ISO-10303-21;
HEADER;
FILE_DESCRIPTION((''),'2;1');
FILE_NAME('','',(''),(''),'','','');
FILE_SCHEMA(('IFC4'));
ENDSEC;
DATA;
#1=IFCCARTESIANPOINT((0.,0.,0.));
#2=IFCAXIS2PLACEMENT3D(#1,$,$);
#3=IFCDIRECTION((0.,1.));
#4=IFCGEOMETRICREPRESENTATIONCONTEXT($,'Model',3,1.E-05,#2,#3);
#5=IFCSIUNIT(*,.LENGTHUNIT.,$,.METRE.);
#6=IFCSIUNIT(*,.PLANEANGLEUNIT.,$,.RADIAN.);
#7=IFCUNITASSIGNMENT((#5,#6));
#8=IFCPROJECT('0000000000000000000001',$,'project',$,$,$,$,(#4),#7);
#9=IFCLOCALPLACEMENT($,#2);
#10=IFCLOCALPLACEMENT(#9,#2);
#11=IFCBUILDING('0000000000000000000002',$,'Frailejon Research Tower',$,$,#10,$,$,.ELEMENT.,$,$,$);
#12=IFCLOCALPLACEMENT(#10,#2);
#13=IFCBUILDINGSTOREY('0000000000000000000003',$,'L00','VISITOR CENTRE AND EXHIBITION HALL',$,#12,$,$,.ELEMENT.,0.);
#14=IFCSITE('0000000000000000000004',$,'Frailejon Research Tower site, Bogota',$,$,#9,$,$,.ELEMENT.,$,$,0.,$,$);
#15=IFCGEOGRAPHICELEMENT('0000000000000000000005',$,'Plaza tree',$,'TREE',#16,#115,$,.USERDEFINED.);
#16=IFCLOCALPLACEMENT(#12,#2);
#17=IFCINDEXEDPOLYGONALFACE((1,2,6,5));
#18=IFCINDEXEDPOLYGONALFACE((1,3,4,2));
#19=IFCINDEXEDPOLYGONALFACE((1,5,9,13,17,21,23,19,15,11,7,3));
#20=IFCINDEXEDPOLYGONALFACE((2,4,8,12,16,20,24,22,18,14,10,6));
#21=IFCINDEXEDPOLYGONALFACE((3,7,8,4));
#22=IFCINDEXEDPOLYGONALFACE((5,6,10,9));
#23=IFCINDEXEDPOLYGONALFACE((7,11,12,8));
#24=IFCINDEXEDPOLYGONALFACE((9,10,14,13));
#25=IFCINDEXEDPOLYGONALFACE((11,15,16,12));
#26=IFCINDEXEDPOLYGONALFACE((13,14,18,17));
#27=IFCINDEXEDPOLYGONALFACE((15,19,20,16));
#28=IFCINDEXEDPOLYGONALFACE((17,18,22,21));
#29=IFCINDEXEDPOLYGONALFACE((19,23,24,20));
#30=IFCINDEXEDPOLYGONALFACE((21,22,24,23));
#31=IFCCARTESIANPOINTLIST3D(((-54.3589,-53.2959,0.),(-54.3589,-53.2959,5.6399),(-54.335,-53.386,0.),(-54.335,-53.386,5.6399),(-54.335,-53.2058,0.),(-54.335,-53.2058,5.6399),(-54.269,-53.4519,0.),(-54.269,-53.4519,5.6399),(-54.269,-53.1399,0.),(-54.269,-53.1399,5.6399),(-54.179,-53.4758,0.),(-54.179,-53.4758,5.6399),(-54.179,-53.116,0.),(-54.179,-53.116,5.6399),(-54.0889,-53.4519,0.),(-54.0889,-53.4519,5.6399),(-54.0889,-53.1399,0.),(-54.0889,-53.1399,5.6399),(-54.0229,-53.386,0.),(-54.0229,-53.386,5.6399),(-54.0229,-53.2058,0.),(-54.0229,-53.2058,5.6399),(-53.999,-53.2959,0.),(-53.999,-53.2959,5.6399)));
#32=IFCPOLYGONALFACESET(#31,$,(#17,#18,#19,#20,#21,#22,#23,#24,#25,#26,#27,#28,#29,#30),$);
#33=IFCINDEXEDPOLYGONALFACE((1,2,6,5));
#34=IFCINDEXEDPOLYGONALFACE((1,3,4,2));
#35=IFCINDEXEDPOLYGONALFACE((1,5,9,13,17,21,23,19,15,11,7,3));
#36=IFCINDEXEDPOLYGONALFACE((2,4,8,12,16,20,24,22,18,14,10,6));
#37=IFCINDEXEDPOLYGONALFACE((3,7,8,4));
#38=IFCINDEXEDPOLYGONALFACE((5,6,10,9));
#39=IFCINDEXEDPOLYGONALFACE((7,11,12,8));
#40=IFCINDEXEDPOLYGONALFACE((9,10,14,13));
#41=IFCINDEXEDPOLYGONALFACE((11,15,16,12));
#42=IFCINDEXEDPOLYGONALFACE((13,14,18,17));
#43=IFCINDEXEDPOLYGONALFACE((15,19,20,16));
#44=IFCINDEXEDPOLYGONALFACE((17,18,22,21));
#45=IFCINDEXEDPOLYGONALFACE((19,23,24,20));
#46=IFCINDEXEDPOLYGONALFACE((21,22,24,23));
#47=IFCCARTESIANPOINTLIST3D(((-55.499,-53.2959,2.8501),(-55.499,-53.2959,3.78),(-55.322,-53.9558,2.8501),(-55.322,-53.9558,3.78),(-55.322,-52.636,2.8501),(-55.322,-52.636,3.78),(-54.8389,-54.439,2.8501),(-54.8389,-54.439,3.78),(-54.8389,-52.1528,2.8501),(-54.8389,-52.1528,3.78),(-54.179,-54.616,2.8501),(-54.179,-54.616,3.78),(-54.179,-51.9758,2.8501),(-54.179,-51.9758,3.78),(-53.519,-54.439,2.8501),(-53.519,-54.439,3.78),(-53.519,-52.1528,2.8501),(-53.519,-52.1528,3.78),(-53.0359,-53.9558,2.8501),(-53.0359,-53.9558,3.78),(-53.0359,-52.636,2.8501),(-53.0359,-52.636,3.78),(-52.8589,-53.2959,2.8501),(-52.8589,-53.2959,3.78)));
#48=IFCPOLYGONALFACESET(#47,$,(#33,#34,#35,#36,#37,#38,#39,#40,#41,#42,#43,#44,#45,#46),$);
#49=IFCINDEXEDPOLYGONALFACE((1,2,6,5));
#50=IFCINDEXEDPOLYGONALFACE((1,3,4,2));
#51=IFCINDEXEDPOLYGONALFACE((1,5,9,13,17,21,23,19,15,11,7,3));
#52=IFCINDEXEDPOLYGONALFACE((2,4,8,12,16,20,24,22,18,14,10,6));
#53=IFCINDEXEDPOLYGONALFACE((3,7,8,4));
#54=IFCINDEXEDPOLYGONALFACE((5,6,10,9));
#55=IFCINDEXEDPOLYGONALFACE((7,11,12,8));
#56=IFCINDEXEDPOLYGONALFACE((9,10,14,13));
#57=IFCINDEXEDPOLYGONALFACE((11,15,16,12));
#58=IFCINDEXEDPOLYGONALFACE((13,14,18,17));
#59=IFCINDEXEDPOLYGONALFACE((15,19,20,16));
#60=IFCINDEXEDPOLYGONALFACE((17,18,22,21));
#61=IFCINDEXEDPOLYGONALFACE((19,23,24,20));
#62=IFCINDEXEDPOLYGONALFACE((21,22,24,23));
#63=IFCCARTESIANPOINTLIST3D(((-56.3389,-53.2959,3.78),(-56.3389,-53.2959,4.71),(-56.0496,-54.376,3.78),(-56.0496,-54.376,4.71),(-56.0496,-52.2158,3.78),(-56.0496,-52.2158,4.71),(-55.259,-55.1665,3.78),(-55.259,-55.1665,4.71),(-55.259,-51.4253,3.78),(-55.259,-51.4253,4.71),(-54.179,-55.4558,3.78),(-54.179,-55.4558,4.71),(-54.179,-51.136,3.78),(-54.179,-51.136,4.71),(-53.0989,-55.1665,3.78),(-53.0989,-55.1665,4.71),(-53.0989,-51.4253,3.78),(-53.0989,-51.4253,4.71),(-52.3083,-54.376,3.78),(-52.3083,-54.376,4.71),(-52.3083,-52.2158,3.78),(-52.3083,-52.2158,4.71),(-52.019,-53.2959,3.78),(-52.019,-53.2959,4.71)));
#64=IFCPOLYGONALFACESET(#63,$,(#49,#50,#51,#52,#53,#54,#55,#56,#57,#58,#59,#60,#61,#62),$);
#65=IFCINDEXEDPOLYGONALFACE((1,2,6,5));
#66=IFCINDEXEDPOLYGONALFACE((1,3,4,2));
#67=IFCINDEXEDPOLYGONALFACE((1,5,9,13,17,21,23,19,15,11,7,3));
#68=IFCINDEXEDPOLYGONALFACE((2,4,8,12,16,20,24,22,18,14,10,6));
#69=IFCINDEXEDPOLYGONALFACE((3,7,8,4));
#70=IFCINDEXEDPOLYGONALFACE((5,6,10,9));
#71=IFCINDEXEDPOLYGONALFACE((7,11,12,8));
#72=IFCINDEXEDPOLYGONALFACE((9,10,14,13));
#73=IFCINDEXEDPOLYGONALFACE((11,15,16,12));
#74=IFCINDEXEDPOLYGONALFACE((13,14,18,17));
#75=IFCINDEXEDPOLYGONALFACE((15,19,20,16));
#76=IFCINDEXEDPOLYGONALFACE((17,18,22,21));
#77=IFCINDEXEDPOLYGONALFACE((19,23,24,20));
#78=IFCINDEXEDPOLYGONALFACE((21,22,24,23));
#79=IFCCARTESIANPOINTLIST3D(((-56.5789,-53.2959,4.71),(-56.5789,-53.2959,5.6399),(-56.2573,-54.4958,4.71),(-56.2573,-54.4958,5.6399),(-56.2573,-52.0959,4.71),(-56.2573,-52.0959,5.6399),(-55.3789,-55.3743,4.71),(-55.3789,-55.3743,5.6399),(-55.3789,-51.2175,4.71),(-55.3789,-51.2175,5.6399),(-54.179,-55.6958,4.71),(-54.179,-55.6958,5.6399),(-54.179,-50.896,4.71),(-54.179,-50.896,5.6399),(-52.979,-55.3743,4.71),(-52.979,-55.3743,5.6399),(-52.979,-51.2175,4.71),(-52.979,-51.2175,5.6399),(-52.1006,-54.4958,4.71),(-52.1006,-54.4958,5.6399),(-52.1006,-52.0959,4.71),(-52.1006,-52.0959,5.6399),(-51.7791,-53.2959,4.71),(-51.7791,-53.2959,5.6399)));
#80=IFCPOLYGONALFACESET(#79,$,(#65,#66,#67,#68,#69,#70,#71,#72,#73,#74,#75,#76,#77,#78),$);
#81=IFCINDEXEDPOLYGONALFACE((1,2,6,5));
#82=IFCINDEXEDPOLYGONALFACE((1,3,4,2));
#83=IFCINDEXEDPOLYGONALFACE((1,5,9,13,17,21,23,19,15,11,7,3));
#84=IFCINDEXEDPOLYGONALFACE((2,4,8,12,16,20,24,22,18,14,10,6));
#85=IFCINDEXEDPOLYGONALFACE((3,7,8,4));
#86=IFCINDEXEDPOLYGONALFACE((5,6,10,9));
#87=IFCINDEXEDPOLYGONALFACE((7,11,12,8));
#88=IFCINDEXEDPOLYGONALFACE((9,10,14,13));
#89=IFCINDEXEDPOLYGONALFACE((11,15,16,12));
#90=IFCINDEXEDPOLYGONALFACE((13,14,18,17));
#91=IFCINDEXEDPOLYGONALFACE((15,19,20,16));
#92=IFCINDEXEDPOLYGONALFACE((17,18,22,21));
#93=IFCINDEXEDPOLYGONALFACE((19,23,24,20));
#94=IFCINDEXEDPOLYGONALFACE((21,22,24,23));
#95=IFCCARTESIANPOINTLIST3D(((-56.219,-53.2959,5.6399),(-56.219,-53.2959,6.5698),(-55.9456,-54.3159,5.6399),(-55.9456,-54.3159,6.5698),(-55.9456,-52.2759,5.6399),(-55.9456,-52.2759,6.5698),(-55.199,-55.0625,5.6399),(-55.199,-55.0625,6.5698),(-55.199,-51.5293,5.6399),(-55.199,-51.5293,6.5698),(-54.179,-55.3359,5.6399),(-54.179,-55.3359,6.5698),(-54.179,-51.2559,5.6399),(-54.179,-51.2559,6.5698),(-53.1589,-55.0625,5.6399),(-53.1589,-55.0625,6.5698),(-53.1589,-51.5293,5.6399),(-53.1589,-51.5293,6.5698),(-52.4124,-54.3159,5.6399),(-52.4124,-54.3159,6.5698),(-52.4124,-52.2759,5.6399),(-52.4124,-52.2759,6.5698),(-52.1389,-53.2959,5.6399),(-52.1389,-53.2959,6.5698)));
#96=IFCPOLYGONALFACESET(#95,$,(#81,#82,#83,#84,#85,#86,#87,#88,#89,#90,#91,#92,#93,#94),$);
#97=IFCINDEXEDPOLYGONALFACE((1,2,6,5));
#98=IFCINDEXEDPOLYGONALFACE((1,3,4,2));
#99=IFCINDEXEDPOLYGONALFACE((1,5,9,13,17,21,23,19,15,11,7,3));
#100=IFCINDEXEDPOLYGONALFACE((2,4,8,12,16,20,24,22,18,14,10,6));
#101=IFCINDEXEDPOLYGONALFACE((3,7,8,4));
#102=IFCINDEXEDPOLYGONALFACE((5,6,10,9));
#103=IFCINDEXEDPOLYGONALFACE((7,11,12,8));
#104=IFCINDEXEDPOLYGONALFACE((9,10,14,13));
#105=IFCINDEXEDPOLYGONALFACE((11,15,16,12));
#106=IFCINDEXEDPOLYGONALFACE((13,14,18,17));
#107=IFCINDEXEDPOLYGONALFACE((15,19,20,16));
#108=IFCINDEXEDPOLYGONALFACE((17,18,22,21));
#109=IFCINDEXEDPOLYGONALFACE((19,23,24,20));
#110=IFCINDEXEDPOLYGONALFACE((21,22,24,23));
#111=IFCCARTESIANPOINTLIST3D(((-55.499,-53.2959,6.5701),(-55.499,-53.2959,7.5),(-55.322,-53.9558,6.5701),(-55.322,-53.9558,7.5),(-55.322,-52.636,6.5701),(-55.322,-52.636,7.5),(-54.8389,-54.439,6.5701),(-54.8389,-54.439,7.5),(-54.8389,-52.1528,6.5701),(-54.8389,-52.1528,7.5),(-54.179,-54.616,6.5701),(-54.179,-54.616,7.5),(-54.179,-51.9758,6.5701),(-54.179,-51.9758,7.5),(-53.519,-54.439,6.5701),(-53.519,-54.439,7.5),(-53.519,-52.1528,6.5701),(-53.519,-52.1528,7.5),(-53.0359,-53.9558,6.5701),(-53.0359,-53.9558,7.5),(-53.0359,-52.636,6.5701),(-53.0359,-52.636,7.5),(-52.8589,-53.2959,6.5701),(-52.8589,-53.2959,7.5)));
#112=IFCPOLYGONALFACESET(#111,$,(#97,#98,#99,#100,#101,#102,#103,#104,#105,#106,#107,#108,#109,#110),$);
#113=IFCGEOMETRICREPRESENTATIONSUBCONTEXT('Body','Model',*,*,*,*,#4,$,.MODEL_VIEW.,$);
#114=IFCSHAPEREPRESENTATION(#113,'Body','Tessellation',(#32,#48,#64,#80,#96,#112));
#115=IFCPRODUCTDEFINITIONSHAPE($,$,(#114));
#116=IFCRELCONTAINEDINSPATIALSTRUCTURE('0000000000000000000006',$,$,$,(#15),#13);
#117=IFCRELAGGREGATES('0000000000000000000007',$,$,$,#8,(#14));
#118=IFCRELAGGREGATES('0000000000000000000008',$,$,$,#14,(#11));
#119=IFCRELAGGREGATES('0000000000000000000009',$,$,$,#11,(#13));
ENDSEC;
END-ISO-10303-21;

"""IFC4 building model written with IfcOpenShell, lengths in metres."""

from ifc_helpers import new_model, si_unit, direction, frame, origin, place, context, subcontext, project, spatial, polyline, outline, extrude, element, save


model = new_model("IFC4")

# Units and contexts
model_context = context("Model", 3, precision=1e-05, world=origin(), true_north=direction((0.0, 1.0)))
body_context = subcontext(model_context, "Body", "Model", "MODEL_VIEW")
ifc_project = project(units=[si_unit("LENGTHUNIT", "METRE"), si_unit("PLANEANGLEUNIT", "RADIAN")], contexts=[model_context])

# Site, building, storey
site_placement = place(None, origin())
site = spatial("IfcSite", under=ifc_project, at=site_placement, Name="Frailejon Research Tower site, Bogota", CompositionType="ELEMENT", RefElevation=0.0)
building_placement = place(site_placement, origin())
building = spatial("IfcBuilding", under=site, at=building_placement, Name="Frailejon Research Tower", CompositionType="ELEMENT")
storey_placement = place(building_placement, origin())
storey = spatial("IfcBuildingStorey", under=building, at=storey_placement, Name="L00", Description="VISITOR CENTRE AND EXHIBITION HALL", CompositionType="ELEMENT", Elevation=0.0)

# Geographic element
geographic_element_1_placement = place(storey_placement, frame((-54.179, -53.2959, 0.0)))
element("IfcGeographicElement", 1, at=geographic_element_1_placement, inside=storey, Name="Plaza tree", ObjectType="TREE", PredefinedType="USERDEFINED", context=body_context, shape_type="SweptSolid", body=[
    extrude(outline(polyline([(0.1799, 0.0), (0.156, 0.0901), (0.0901, 0.156), (0.0, 0.1799), (-0.0901, 0.156), (-0.156, 0.0901), (-0.1799, 0.0), (-0.156, -0.0901), (-0.0901, -0.156), (0.0, -0.1799), (0.0901, -0.156), (0.156, -0.0901), (0.1799, 0.0)])), origin(), (0.0, 0.0, 1.0), 5.6399),
    extrude(outline(polyline([(1.3201, 0.0), (1.1431, 0.6599), (0.6599, 1.1431), (0.0, 1.3201), (-0.6599, 1.1431), (-1.1431, 0.6599), (-1.3201, 0.0), (-1.1431, -0.6599), (-0.6599, -1.1431), (0.0, -1.3201), (0.6599, -1.1431), (1.1431, -0.6599), (1.3201, 0.0)])), frame((0.0, 0.0, 2.8501)), (0.0, 0.0, 1.0), 0.9299),
    extrude(outline(polyline([(2.1599, 0.0), (1.8706, 1.0801), (1.0801, 1.8706), (0.0, 2.1599), (-1.0801, 1.8706), (-1.8706, 1.0801), (-2.1599, 0.0), (-1.8706, -1.0801), (-1.0801, -1.8706), (0.0, -2.1599), (1.0801, -1.8706), (1.8706, -1.0801), (2.1599, 0.0)])), frame((0.0, 0.0, 3.78)), (0.0, 0.0, 1.0), 0.9299),
    extrude(outline(polyline([(2.3999, 0.0), (2.0784, 1.2), (1.2, 2.0784), (0.0, 2.3999), (-1.2, 2.0784), (-2.0784, 1.2), (-2.3999, 0.0), (-2.0784, -1.2), (-1.2, -2.0784), (0.0, -2.3999), (1.2, -2.0784), (2.0784, -1.2), (2.3999, 0.0)])), frame((0.0, 0.0, 4.71)), (0.0, 0.0, 1.0), 0.9299),
    extrude(outline(polyline([(2.04, 0.0), (1.7666, 1.02), (1.02, 1.7666), (0.0, 2.04), (-1.02, 1.7666), (-1.7666, 1.02), (-2.04, 0.0), (-1.7666, -1.02), (-1.02, -1.7666), (0.0, -2.04), (1.02, -1.7666), (1.7666, -1.02), (2.04, 0.0)])), frame((0.0, 0.0, 5.6399)), (0.0, 0.0, 1.0), 0.9299),
    extrude(outline(polyline([(1.3201, 0.0), (1.1431, 0.6599), (0.6599, 1.1431), (0.0, 1.3201), (-0.6599, 1.1431), (-1.1431, 0.6599), (-1.3201, 0.0), (-1.1431, -0.6599), (-0.6599, -1.1431), (0.0, -1.3201), (0.6599, -1.1431), (1.1431, -0.6599), (1.3201, 0.0)])), frame((0.0, 0.0, 6.5701)), (0.0, 0.0, 1.0), 0.9299),
])

save(model, "model.ifc")
